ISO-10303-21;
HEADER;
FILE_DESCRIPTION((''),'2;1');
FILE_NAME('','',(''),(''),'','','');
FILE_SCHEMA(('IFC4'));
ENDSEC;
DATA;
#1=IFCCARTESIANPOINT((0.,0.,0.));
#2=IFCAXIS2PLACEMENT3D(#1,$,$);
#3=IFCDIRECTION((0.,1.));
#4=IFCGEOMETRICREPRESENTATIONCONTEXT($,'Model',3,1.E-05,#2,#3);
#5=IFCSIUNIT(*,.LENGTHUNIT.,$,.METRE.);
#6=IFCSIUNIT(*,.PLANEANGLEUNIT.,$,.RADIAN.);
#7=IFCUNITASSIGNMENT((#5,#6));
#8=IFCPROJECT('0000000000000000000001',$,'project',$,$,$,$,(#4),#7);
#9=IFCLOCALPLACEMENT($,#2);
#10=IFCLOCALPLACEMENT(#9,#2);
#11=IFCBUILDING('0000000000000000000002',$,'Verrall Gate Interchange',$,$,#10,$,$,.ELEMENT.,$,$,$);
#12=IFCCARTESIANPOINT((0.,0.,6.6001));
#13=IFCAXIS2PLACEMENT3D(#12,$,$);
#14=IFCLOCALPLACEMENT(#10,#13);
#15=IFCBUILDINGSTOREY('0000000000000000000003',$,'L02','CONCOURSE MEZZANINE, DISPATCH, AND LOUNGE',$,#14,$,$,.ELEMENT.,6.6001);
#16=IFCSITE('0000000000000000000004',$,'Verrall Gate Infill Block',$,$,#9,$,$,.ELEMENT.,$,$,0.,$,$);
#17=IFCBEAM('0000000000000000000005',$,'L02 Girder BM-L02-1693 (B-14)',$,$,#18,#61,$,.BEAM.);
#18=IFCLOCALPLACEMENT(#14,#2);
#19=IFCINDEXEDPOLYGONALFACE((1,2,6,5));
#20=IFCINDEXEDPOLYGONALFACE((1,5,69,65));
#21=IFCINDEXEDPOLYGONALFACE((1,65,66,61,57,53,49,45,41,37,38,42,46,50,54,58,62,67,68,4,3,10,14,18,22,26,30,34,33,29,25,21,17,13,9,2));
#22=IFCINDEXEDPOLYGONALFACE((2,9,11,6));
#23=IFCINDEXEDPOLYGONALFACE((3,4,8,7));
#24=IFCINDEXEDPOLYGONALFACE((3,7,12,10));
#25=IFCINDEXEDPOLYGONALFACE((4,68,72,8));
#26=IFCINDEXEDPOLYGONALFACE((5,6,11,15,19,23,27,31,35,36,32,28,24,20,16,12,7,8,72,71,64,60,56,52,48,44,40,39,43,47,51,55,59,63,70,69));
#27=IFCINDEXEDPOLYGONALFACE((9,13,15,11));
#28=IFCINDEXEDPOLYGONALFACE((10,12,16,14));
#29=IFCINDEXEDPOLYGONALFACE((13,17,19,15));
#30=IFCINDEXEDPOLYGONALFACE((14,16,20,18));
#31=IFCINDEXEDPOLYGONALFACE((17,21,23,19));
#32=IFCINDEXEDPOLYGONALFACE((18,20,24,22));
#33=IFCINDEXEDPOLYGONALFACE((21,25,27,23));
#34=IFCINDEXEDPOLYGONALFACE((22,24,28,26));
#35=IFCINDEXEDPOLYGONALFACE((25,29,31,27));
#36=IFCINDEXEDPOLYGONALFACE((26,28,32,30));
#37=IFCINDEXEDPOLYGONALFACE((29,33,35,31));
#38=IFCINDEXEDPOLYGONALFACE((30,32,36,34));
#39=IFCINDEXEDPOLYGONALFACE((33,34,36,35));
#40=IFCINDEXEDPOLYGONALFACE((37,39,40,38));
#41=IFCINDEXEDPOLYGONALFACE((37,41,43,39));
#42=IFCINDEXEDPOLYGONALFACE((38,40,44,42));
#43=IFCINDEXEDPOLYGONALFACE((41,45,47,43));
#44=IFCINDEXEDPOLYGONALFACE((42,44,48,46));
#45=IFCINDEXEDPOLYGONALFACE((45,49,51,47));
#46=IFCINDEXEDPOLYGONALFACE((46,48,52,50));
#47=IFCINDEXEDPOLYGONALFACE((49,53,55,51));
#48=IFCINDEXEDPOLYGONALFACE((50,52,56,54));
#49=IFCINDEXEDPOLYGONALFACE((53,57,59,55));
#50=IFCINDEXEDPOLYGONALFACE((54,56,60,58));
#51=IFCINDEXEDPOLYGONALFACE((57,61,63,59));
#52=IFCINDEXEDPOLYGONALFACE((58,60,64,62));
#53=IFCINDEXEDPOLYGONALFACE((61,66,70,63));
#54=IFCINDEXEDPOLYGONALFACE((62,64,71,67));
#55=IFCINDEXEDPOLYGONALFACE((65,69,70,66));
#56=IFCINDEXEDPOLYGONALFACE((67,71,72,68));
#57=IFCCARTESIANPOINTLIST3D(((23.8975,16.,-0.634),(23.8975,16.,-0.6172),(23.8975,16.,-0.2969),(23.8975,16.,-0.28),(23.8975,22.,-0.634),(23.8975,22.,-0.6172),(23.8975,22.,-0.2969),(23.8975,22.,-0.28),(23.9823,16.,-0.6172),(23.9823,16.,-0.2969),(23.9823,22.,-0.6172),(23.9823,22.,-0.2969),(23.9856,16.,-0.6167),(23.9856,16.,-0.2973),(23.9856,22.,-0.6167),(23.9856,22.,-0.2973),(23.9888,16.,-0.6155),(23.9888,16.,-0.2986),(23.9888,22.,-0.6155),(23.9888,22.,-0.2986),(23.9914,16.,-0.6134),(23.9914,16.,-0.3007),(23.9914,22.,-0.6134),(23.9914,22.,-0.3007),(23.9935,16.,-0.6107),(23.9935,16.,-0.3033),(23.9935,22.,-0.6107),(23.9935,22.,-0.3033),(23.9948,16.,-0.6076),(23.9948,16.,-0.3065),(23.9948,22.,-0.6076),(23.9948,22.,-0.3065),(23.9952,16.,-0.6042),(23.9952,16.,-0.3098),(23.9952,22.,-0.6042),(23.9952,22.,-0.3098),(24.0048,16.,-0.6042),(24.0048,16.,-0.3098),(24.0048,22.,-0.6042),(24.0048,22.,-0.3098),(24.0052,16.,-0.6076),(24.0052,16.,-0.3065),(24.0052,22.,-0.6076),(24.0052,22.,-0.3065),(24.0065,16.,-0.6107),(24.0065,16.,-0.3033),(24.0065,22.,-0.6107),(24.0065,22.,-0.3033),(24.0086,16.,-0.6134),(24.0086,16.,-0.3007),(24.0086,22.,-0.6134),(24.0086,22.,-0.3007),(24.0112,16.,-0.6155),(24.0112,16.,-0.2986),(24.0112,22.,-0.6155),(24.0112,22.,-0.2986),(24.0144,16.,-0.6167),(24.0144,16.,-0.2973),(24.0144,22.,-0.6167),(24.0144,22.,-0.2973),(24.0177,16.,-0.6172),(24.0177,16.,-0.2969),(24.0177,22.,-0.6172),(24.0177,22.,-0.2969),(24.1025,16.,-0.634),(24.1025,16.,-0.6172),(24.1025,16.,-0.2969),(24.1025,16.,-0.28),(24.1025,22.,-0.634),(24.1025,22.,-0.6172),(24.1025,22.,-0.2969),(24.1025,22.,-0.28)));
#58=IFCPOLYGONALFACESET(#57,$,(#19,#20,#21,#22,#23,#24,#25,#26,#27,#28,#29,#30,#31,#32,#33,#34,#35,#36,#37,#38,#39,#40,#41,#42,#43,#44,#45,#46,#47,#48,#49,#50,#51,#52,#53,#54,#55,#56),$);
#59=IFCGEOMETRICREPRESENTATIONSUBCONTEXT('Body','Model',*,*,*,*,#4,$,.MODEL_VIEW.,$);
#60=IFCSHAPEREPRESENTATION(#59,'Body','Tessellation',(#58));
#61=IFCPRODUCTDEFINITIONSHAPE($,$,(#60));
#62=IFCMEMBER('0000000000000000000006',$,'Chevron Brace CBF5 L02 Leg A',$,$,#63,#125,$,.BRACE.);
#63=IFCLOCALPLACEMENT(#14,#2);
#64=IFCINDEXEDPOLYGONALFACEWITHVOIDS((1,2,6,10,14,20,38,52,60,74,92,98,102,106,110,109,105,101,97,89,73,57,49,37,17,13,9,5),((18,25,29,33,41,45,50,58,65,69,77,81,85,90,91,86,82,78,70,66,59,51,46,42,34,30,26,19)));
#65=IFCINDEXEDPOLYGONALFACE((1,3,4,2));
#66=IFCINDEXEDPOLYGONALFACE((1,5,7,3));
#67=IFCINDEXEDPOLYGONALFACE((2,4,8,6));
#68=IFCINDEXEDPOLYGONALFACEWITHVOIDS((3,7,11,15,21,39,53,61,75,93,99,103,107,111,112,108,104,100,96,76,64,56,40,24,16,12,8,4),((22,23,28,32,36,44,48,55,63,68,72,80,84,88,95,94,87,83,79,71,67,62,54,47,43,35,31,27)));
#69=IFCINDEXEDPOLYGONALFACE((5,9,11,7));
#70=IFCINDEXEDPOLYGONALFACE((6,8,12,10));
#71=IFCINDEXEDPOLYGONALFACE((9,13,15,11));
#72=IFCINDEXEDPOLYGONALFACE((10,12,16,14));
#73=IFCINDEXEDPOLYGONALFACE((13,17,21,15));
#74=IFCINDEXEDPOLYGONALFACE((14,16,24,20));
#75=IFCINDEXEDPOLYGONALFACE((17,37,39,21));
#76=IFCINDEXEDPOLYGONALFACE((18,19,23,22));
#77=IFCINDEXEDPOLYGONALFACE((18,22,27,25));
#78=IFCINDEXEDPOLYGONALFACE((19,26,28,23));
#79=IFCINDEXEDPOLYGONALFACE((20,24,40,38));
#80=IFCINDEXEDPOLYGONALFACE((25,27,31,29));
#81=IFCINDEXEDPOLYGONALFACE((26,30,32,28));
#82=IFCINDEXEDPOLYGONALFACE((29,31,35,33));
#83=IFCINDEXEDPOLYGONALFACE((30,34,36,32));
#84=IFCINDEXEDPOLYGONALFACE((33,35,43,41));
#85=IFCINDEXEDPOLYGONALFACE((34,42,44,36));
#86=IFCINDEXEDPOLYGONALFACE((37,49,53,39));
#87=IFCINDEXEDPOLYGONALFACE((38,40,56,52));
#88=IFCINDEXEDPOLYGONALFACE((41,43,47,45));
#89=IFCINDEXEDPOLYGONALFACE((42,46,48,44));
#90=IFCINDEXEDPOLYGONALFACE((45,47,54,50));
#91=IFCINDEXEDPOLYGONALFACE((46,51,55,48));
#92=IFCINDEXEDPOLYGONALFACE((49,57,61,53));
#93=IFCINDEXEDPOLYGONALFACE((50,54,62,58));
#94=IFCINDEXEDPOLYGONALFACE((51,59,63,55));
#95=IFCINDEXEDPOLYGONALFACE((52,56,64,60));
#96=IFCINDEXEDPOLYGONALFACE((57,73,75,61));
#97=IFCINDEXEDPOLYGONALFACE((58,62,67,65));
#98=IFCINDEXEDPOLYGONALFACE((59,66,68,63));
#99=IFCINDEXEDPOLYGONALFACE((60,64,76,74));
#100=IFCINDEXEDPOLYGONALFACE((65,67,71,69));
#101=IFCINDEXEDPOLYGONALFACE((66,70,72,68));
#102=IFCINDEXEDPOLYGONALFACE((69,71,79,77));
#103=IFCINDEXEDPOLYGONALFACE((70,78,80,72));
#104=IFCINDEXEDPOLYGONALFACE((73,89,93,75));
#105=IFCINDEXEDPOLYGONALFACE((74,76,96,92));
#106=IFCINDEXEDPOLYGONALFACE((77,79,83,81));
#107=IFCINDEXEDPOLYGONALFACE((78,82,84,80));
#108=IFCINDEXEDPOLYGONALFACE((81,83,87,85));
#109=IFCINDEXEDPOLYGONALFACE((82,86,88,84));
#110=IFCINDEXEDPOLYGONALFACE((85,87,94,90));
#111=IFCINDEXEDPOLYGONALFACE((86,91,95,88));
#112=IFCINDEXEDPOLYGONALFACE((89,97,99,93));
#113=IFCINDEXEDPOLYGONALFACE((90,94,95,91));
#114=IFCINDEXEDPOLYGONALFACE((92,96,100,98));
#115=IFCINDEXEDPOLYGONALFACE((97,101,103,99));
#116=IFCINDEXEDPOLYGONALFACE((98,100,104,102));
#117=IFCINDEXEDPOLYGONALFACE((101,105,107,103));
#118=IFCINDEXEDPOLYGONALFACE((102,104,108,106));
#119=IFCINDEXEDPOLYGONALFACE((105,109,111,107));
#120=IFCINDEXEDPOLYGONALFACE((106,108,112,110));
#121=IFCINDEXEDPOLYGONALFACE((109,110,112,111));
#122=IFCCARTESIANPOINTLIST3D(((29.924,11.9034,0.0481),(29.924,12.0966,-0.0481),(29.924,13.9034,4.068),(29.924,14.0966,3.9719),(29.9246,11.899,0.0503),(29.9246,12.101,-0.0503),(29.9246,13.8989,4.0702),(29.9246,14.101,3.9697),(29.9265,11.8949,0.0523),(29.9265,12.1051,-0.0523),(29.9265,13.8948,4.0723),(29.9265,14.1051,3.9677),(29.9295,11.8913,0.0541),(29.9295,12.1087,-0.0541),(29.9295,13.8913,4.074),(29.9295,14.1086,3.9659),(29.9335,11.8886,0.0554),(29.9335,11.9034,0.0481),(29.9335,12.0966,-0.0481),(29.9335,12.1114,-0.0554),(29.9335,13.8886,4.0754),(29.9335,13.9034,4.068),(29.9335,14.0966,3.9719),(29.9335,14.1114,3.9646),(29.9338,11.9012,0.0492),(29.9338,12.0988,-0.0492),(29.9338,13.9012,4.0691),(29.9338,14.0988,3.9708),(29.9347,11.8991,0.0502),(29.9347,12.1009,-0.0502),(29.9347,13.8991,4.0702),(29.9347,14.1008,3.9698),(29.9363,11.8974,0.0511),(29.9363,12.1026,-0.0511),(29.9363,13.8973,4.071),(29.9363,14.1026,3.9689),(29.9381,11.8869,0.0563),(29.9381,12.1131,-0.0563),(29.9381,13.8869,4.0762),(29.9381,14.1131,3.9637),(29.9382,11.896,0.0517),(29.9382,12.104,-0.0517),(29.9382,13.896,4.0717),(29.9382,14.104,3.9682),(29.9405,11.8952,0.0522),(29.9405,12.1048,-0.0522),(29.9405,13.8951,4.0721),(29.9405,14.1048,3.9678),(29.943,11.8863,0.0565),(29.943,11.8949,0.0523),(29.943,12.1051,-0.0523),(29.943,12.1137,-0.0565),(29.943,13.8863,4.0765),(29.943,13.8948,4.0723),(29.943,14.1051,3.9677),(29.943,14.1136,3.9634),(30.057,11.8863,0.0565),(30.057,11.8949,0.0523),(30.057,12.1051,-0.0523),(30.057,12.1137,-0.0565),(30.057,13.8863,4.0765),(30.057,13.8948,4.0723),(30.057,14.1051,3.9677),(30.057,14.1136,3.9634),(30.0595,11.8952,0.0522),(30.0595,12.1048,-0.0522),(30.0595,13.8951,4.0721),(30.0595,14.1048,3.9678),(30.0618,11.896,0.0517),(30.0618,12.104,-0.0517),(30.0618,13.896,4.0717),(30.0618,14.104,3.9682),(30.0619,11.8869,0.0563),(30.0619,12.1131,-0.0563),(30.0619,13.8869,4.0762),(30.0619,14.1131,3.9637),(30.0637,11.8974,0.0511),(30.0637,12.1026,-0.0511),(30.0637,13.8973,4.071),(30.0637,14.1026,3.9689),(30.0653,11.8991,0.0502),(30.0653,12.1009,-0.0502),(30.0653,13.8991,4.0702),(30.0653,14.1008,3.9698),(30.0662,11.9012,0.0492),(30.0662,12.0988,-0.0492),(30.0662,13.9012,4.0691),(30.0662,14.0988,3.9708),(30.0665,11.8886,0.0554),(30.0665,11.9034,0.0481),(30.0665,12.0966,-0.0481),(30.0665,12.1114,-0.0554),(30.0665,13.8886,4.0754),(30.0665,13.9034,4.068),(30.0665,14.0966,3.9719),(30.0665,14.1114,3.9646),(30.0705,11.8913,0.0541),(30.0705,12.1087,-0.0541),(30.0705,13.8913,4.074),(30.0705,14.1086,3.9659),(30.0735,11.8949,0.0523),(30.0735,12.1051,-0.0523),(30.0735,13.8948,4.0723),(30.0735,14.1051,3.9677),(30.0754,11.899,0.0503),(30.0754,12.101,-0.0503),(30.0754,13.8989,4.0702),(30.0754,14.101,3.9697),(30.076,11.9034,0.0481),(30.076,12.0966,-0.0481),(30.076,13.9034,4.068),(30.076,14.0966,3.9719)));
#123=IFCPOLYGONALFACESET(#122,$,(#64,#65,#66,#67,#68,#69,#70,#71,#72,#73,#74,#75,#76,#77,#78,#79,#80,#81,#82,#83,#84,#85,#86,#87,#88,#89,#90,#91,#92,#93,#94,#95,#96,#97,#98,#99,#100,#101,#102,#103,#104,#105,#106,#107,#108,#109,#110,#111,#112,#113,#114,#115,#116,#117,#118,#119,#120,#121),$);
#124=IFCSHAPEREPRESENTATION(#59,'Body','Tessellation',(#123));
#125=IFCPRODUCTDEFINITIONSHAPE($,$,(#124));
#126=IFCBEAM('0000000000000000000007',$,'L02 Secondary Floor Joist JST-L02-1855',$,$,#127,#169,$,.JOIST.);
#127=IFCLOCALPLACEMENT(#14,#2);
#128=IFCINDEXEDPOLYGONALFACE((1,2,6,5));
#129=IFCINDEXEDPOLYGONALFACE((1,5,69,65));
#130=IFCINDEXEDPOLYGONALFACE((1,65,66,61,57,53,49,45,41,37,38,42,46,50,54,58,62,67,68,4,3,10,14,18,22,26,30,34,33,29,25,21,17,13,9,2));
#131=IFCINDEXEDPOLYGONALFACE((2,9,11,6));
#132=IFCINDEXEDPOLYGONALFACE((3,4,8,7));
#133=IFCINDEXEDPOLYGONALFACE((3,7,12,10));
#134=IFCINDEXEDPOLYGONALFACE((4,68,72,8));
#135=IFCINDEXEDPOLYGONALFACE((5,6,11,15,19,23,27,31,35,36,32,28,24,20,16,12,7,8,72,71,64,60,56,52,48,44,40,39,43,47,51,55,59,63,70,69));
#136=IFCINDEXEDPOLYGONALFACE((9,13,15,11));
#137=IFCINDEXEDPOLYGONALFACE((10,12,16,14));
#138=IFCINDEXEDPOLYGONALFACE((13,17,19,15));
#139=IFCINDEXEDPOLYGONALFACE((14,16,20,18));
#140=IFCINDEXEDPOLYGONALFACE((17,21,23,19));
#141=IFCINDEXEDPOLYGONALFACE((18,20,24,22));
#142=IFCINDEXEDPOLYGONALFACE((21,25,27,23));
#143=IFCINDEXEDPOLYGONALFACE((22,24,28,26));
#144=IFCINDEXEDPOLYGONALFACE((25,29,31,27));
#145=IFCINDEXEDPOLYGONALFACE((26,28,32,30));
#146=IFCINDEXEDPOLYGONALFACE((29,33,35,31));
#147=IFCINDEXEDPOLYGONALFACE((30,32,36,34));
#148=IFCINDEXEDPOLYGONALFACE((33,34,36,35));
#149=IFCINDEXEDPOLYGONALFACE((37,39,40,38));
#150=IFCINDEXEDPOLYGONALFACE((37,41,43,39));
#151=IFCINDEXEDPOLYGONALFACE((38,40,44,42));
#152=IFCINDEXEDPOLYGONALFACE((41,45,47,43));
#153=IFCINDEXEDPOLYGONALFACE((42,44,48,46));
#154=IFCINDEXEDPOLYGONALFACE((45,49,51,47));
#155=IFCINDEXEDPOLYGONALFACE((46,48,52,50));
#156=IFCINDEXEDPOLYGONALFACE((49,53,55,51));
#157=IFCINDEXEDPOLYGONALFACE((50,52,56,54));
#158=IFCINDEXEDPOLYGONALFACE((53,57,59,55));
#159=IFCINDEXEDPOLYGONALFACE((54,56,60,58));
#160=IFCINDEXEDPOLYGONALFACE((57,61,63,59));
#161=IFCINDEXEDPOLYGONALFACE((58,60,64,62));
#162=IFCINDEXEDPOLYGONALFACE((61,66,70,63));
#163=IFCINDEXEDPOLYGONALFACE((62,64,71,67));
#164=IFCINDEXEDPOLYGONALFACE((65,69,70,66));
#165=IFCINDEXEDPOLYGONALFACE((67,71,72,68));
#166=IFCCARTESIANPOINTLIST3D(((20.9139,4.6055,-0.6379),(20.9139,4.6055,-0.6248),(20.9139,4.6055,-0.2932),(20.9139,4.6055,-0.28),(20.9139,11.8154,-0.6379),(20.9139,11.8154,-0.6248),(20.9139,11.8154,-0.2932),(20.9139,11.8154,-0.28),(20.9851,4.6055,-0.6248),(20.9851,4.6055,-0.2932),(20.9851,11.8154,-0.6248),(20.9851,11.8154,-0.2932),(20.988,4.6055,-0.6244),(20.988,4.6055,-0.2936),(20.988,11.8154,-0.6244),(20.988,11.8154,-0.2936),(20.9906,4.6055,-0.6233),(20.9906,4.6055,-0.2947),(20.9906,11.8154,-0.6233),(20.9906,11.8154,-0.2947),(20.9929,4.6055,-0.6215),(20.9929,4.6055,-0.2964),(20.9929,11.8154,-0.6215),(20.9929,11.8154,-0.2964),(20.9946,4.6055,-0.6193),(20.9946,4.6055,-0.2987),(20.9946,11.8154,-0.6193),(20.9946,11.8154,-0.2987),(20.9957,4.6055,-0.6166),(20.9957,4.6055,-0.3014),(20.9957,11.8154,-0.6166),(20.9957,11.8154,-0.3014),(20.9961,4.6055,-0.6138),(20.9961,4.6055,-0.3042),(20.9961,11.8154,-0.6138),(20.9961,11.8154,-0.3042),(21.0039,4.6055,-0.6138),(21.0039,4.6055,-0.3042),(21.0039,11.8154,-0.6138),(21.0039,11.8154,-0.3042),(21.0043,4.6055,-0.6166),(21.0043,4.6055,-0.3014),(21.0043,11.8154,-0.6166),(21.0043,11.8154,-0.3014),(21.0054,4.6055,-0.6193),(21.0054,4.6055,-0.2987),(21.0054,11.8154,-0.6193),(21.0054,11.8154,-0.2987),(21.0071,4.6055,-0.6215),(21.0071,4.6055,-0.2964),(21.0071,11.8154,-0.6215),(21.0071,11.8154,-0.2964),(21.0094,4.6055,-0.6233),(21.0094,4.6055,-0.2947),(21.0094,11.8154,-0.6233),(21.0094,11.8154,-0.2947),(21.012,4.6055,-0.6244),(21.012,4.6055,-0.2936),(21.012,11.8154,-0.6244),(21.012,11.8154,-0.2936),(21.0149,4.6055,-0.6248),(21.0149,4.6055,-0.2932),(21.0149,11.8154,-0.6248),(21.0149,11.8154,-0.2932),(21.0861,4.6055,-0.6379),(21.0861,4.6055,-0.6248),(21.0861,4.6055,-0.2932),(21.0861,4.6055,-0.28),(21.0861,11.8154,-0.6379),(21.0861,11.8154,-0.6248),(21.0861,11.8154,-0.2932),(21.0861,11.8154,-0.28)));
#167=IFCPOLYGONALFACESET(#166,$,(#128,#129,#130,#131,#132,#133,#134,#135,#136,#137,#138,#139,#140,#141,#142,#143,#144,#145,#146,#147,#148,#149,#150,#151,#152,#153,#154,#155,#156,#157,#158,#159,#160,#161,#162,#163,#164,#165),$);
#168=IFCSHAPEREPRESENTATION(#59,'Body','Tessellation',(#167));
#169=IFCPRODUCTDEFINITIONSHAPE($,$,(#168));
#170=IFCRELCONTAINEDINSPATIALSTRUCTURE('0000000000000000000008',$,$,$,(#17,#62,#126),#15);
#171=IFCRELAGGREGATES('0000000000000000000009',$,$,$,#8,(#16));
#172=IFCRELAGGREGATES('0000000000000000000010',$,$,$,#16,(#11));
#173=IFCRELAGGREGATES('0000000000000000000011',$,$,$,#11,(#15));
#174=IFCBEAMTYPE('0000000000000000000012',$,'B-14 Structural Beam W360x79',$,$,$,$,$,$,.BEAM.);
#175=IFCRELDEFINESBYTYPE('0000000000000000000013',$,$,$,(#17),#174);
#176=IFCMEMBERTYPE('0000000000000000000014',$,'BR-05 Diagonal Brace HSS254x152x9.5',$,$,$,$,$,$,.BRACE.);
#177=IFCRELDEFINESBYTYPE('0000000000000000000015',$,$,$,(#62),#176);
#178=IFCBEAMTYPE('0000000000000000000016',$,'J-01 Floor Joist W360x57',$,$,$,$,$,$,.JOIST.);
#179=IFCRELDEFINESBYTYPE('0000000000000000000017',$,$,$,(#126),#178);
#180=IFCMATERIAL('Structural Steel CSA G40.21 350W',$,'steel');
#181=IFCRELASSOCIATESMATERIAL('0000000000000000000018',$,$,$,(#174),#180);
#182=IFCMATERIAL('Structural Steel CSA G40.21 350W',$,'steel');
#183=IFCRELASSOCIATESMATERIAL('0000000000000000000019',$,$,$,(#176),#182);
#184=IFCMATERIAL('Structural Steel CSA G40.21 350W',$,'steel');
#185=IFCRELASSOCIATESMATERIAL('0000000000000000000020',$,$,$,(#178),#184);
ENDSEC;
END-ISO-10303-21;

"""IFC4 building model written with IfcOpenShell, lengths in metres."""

from ifc_helpers import new_model, si_unit, direction, frame, origin, origin_2d, place, context, subcontext, project, spatial, hollow_rectangle, i_section, extrude, material, material_profile, profile_set, type_object, element, save


model = new_model("IFC4")

# Units and contexts
model_context = context("Model", 3, precision=1e-05, world=origin(), true_north=direction((0.0, 1.0)))
body_context = subcontext(model_context, "Body", "Model", "MODEL_VIEW")
ifc_project = project(units=[si_unit("LENGTHUNIT", "METRE"), si_unit("PLANEANGLEUNIT", "RADIAN")], contexts=[model_context])

# Site, building, storey
site_placement = place(None, origin())
site = spatial("IfcSite", under=ifc_project, at=site_placement, Name="Verrall Gate Infill Block", CompositionType="ELEMENT", RefElevation=0.0)
building_placement = place(site_placement, origin())
building = spatial("IfcBuilding", under=site, at=building_placement, Name="Verrall Gate Interchange", CompositionType="ELEMENT")
storey_placement = place(building_placement, frame((0.0, 0.0, 6.6001)))
storey = spatial("IfcBuildingStorey", under=building, at=storey_placement, Name="L02", Description="CONCOURSE MEZZANINE, DISPATCH, AND LOUNGE", CompositionType="ELEMENT", Elevation=6.6001)

# Beam
ifc_material_1 = material(Name="Structural Steel CSA G40.21 350W", Category="steel")
ifc_material_profile_1 = material_profile(ifc_material_1, i_section(OverallWidth=0.2051, OverallDepth=0.354, WebThickness=0.0095, FlangeThickness=0.0168, FilletRadius=0.0129, at=origin_2d()), Name="W360x79")
ifc_profile_set_1 = profile_set([ifc_material_profile_1], Name="Structural Steel CSA G40.21 350W")
beam_type_1 = type_object("IfcBeamType", Name="B-14 Structural Beam W360x79", PredefinedType="BEAM", material=ifc_profile_set_1)
beam_1_placement = place(storey_placement, frame((24.0, 16.0, -0.457), z_axis=(0.0, 1.0, 0.0), x_axis=(-1.0, 0.0, 0.0)))
element("IfcBeam", 1, at=beam_1_placement, inside=storey, type_object=beam_type_1, Name="L02 Girder BM-L02-1693 (B-14)", PredefinedType="BEAM", context=body_context, shape_type="SweptSolid", body=[
    extrude(i_section(OverallWidth=0.2051, OverallDepth=0.354, WebThickness=0.0095, FlangeThickness=0.0168, FilletRadius=0.0129, at=origin_2d()), origin(), (0.0, 0.0, 1.0), 6.0),
])

# Member
ifc_material_2 = material(Name="Structural Steel CSA G40.21 350W", Category="steel")
ifc_material_profile_2 = material_profile(ifc_material_2, hollow_rectangle(XDim=0.1521, YDim=0.2539, WallThickness=0.0095, InnerFilletRadius=0.0095, OuterFilletRadius=0.019, at=origin_2d()), Name="HSS254x152x9.5")
ifc_profile_set_2 = profile_set([ifc_material_profile_2], Name="Structural Steel CSA G40.21 350W")
member_type = type_object("IfcMemberType", Name="BR-05 Diagonal Brace HSS254x152x9.5", PredefinedType="BRACE", material=ifc_profile_set_2)
member_placement = place(storey_placement, frame((30.0, 12.0, 0.0), z_axis=(0.0, 0.445429, 0.895317), x_axis=(-1.0, 0.0, 0.0)))
element("IfcMember", 2, at=member_placement, inside=storey, type_object=member_type, Name="Chevron Brace CBF5 L02 Leg A", PredefinedType="BRACE", context=body_context, shape_type="SweptSolid", body=[
    extrude(hollow_rectangle(XDim=0.1521, YDim=0.2539, WallThickness=0.0095, InnerFilletRadius=0.0095, OuterFilletRadius=0.019, at=origin_2d()), origin(), (0.0, 0.0, 1.0), 4.49),
])

# Beam
ifc_material_3 = material(Name="Structural Steel CSA G40.21 350W", Category="steel")
ifc_material_profile_3 = material_profile(ifc_material_3, i_section(OverallWidth=0.1721, OverallDepth=0.3579, WebThickness=0.0078, FlangeThickness=0.0132, FilletRadius=0.011, at=origin_2d()), Name="W360x57")
ifc_profile_set_3 = profile_set([ifc_material_profile_3], Name="Structural Steel CSA G40.21 350W")
beam_type_2 = type_object("IfcBeamType", Name="J-01 Floor Joist W360x57", PredefinedType="JOIST", material=ifc_profile_set_3)
beam_2_placement = place(storey_placement, frame((21.0, 4.6055, -0.459), z_axis=(0.0, 1.0, 0.0), x_axis=(-1.0, 0.0, 0.0)))
element("IfcBeam", 3, at=beam_2_placement, inside=storey, type_object=beam_type_2, Name="L02 Secondary Floor Joist JST-L02-1855", PredefinedType="JOIST", context=body_context, shape_type="SweptSolid", body=[
    extrude(i_section(OverallWidth=0.1721, OverallDepth=0.3579, WebThickness=0.0078, FlangeThickness=0.0132, FilletRadius=0.011, at=origin_2d()), origin(), (0.0, 0.0, 1.0), 7.21),
])

save(model, "model.ifc")
